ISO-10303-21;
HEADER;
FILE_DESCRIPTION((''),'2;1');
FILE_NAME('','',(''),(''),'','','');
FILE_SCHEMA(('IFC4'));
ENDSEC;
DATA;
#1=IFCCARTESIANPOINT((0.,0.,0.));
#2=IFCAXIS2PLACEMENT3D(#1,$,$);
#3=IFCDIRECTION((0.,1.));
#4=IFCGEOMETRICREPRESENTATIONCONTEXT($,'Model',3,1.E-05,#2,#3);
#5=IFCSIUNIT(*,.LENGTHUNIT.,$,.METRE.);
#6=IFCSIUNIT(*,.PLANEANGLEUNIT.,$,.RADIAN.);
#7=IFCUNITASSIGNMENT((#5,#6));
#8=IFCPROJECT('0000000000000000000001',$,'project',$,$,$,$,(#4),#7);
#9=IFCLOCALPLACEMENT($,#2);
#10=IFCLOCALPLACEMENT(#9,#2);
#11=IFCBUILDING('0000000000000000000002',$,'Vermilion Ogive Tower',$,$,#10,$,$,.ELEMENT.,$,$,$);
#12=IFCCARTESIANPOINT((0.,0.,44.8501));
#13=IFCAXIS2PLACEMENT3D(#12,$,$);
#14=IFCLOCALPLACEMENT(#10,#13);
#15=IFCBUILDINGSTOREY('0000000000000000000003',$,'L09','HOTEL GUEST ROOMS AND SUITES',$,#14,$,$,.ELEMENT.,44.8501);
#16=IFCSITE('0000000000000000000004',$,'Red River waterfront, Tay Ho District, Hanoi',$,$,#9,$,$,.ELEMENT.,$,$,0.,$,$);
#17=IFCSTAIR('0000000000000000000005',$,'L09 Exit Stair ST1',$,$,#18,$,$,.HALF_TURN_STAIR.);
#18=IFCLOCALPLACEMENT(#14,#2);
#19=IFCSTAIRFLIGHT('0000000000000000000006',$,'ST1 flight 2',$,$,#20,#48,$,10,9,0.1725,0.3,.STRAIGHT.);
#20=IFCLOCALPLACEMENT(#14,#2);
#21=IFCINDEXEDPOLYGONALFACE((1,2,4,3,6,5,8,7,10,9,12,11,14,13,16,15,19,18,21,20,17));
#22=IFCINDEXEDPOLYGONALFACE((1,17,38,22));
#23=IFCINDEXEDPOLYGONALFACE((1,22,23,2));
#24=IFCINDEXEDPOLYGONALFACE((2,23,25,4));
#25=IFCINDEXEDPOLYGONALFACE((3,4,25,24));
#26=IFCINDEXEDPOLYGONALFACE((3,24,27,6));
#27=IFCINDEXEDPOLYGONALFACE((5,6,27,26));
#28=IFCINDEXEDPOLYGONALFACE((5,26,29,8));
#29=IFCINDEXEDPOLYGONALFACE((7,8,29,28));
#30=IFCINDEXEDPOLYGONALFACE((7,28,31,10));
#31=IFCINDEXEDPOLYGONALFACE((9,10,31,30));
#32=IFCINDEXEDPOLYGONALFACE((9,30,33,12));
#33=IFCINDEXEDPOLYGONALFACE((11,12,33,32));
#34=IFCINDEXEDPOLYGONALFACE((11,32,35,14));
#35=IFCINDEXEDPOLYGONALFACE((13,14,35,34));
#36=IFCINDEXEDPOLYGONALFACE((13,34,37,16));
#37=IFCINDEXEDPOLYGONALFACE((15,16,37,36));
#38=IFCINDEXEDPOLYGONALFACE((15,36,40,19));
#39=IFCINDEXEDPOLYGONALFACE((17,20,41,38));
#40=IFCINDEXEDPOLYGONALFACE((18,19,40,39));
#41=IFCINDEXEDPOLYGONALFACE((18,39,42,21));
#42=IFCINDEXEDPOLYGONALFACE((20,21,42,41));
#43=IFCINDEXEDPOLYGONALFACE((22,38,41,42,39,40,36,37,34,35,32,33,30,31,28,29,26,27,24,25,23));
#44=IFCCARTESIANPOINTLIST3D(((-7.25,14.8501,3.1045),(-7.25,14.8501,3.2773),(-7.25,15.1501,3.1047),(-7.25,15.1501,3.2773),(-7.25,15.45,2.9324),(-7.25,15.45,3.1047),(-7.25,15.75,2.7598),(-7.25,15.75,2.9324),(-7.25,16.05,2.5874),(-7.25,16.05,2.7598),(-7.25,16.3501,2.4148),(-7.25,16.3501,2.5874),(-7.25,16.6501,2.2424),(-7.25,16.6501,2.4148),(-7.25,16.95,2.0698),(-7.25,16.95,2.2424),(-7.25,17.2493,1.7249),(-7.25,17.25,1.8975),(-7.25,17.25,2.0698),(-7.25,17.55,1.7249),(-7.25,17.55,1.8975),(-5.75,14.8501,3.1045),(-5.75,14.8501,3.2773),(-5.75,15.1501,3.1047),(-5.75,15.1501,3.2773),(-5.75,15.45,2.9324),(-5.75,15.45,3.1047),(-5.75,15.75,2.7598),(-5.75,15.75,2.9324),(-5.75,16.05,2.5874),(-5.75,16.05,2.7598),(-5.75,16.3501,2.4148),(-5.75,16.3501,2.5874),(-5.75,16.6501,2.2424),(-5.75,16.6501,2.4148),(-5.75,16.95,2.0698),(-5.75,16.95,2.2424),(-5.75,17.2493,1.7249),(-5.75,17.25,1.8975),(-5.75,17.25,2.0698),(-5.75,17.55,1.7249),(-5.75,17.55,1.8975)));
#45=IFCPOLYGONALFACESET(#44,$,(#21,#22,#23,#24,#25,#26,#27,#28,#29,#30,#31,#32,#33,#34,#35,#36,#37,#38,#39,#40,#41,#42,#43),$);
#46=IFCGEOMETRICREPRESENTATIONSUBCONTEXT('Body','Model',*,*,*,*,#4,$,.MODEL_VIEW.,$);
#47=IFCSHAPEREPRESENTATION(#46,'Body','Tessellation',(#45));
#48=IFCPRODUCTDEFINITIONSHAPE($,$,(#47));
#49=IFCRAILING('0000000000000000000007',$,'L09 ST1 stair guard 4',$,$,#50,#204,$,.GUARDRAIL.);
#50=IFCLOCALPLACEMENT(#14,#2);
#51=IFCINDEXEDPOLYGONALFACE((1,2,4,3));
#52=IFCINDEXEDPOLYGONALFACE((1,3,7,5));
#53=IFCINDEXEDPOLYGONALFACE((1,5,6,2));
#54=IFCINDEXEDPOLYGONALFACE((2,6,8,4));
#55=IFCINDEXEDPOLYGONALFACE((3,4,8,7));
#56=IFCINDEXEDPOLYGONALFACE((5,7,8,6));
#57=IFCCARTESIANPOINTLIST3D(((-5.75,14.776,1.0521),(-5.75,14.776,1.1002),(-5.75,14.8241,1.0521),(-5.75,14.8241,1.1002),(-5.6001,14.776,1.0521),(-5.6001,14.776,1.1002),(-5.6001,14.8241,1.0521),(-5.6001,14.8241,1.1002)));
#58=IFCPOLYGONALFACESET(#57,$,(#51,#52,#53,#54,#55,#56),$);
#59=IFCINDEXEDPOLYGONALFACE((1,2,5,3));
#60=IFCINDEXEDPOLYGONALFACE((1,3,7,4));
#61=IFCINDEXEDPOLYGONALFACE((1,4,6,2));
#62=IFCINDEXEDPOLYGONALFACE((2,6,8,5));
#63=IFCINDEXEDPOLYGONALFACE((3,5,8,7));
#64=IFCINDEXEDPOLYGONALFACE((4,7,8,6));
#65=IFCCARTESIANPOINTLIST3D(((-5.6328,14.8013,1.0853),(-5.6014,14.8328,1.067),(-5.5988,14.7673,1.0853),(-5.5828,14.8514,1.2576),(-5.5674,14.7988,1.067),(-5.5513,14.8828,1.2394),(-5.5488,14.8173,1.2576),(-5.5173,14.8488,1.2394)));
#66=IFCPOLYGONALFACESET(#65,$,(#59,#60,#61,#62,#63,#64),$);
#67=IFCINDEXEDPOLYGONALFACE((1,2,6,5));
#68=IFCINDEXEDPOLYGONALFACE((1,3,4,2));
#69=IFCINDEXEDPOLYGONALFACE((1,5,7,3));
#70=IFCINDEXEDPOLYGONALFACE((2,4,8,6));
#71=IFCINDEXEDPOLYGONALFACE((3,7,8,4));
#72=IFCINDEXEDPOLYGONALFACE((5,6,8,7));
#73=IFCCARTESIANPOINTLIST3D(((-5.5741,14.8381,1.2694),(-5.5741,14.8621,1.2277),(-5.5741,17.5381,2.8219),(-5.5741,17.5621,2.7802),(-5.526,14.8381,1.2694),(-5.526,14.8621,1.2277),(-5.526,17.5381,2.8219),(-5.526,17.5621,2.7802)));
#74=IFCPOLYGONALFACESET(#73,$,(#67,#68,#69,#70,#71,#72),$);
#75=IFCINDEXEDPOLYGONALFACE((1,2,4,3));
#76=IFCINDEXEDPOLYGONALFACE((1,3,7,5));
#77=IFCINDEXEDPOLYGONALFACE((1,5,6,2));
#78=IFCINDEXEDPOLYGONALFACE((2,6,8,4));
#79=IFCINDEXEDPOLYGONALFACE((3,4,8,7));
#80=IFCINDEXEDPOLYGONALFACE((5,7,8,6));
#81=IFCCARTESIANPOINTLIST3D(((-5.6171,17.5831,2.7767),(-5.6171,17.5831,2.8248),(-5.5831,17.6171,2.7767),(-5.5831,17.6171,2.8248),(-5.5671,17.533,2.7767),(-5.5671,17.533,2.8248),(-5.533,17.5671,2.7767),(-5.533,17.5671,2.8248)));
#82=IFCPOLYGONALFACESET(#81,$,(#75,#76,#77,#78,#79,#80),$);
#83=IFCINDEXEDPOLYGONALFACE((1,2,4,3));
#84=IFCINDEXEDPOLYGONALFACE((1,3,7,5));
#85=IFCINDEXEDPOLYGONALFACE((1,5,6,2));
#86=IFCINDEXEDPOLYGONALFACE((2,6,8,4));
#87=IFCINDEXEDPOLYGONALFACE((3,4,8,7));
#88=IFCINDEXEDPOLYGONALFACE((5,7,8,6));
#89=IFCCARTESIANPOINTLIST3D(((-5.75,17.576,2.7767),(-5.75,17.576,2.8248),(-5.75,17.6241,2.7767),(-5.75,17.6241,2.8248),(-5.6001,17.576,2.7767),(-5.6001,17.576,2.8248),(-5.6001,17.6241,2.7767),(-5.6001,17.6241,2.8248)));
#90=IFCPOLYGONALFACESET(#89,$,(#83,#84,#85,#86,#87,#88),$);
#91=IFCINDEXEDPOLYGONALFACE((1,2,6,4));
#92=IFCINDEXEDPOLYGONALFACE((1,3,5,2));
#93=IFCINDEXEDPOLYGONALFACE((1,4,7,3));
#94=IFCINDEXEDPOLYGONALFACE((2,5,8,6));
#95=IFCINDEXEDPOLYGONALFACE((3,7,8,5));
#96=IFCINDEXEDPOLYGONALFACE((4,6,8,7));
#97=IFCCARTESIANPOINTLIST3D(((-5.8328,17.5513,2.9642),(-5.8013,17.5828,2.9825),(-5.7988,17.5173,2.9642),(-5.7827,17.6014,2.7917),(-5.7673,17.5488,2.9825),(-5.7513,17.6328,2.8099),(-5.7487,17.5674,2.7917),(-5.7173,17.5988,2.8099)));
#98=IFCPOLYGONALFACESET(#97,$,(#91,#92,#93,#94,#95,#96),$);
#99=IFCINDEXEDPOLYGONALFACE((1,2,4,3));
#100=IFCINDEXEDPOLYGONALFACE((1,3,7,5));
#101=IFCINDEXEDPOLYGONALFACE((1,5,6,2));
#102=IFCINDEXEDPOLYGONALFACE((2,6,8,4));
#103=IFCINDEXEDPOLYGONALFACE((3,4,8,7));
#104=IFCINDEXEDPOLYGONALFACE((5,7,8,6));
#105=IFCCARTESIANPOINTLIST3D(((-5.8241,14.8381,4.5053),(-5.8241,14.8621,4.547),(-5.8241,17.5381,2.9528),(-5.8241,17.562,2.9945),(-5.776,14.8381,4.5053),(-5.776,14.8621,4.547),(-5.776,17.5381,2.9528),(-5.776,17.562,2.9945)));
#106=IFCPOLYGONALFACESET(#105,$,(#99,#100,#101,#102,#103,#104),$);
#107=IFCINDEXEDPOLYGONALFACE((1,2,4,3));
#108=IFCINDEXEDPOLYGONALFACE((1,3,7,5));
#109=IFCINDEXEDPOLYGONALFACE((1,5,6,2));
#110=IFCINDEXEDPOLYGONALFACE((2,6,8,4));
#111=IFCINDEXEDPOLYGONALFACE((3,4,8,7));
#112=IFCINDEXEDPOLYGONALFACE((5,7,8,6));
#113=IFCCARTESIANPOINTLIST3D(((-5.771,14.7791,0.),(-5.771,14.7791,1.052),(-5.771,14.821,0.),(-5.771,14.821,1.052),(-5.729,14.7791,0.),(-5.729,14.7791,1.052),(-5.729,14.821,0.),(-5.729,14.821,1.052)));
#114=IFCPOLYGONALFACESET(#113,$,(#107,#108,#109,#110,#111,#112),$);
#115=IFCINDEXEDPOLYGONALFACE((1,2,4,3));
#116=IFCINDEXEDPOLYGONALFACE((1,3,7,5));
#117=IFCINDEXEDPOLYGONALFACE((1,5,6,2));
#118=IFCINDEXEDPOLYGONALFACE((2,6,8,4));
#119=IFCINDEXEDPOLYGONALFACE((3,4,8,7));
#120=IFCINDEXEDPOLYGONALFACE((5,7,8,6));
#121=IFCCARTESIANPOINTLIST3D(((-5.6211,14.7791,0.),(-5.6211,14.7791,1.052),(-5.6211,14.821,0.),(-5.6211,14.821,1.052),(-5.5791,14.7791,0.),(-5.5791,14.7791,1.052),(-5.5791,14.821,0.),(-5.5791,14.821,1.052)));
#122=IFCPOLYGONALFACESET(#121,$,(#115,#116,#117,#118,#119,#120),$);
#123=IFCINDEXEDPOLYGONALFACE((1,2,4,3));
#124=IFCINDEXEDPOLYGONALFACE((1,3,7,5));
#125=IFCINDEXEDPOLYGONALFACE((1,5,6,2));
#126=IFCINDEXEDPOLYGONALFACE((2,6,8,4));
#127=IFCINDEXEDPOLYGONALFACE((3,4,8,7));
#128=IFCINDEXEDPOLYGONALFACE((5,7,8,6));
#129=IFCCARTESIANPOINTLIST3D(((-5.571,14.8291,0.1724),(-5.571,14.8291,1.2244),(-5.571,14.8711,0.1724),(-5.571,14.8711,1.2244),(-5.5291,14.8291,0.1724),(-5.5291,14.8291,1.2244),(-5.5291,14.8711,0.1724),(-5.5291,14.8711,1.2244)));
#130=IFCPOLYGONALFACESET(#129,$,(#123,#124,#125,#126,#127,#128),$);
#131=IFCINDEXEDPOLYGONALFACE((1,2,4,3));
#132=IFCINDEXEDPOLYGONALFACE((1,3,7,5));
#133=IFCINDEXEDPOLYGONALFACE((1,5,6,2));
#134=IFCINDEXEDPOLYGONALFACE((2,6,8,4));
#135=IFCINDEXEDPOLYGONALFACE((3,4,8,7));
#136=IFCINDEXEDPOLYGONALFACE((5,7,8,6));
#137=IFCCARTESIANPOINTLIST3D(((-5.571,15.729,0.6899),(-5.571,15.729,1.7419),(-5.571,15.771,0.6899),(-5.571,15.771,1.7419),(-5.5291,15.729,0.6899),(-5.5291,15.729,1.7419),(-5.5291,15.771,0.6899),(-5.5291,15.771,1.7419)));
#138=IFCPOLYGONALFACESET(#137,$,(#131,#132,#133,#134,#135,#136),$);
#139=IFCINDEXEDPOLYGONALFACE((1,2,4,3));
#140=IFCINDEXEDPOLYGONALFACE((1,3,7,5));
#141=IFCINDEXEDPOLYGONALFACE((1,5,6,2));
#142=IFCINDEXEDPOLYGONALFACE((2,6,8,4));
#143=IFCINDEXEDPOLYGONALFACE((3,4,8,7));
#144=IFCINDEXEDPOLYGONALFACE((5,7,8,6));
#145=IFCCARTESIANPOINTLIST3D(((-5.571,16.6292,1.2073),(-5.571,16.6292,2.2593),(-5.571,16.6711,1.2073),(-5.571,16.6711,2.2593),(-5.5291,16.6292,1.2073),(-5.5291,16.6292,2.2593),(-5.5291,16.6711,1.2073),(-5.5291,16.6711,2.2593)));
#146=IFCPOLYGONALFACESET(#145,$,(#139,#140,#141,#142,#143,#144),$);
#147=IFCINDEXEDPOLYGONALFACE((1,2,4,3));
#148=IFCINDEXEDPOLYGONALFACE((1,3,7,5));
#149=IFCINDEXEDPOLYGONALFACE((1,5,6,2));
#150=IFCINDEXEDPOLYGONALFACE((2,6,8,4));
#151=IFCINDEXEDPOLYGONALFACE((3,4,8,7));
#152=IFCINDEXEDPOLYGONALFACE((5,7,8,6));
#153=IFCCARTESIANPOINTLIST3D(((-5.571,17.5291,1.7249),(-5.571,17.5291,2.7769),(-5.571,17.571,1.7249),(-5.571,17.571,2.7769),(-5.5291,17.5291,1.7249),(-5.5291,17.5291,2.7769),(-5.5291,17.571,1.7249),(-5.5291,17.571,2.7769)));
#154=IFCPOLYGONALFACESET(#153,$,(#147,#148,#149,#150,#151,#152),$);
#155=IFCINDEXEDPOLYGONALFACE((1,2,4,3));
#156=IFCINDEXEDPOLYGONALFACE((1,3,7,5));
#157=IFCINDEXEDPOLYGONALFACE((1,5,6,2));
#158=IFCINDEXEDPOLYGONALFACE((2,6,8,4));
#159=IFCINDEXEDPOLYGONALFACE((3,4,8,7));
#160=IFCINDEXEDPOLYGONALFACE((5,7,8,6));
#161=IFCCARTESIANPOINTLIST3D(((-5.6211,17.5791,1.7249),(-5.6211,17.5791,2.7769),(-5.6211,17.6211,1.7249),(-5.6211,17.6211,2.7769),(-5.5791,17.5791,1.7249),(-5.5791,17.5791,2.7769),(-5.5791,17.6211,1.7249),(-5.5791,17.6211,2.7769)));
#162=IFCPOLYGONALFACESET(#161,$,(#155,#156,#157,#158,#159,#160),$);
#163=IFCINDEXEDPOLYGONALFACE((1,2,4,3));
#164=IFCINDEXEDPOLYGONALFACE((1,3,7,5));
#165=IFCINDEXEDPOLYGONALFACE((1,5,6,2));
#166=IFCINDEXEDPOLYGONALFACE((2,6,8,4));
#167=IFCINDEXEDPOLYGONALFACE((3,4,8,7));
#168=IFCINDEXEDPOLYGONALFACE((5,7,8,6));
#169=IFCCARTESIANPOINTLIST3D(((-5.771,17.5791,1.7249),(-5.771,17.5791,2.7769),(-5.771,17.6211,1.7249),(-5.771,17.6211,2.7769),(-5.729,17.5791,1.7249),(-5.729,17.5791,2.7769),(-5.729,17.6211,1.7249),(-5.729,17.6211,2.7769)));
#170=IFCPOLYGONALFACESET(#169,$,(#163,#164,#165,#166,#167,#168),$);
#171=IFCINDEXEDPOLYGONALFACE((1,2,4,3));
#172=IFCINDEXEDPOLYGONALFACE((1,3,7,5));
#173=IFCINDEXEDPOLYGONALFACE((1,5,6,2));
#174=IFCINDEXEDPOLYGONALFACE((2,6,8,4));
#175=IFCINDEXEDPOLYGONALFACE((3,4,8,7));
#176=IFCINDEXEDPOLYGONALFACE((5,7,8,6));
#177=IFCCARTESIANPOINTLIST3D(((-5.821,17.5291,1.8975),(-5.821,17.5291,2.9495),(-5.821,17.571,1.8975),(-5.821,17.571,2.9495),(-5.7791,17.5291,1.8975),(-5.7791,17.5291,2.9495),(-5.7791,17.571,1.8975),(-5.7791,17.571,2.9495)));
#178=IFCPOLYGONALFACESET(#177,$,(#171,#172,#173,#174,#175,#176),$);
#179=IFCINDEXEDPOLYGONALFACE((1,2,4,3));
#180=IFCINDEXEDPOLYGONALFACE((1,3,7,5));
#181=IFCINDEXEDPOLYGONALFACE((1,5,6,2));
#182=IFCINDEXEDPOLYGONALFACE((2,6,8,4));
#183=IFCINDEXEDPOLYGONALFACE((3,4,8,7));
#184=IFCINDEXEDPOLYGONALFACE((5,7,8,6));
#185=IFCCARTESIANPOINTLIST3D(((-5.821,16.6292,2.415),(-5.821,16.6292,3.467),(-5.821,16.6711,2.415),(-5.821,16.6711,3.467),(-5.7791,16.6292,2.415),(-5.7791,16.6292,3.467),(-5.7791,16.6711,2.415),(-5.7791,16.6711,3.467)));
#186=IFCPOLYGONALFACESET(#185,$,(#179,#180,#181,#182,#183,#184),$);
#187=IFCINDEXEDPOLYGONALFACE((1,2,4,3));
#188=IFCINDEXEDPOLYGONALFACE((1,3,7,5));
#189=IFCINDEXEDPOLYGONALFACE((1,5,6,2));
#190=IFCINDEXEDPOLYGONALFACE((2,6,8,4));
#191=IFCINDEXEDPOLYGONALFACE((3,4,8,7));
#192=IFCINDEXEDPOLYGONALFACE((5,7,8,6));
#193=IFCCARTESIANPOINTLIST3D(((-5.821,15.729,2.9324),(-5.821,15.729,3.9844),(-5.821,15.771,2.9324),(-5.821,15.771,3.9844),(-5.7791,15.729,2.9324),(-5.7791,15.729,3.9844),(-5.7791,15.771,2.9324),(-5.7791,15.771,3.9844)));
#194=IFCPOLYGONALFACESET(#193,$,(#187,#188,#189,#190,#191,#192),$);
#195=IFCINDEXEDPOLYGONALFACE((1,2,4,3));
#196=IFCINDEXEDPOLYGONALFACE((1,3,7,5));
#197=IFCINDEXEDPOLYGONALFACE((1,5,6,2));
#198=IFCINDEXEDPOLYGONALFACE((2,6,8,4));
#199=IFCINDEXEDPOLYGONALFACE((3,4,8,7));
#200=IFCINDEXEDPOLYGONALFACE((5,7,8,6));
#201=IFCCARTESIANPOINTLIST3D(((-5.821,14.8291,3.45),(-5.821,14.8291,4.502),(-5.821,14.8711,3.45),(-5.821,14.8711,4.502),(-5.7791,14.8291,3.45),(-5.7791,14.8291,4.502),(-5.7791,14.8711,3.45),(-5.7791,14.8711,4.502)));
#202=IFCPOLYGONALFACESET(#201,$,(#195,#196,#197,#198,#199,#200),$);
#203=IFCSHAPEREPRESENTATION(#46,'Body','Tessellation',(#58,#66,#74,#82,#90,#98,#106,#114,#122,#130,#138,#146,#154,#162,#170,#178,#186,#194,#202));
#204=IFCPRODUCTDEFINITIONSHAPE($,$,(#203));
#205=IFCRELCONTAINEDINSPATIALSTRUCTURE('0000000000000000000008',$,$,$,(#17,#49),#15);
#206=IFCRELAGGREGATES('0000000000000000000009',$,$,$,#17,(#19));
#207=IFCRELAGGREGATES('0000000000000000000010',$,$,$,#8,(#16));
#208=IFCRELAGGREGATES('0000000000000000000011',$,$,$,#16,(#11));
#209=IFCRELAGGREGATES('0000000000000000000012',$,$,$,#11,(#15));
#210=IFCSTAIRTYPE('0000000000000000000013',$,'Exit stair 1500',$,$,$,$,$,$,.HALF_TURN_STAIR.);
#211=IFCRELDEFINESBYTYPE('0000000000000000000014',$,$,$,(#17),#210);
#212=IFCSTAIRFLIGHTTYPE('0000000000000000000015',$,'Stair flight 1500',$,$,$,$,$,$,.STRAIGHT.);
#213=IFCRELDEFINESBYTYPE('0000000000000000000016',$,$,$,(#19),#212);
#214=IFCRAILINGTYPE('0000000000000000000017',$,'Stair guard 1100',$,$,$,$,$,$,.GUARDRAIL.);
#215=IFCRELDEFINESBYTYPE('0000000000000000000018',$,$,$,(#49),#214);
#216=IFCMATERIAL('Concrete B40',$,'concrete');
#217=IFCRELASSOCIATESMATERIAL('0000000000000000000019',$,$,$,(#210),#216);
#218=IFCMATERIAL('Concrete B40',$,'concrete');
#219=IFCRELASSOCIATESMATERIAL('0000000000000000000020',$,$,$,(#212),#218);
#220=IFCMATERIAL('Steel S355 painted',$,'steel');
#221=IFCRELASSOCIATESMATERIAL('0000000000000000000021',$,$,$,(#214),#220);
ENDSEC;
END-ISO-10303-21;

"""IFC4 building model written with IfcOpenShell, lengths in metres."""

from ifc_helpers import new_model, si_unit, direction, frame, origin, origin_2d, place, context, subcontext, project, spatial, polyline, rectangle, outline, extrude, material, type_object, element, aggregate, save


model = new_model("IFC4")

# Units and contexts
model_context = context("Model", 3, precision=1e-05, world=origin(), true_north=direction((0.0, 1.0)))
body_context = subcontext(model_context, "Body", "Model", "MODEL_VIEW")
ifc_project = project(units=[si_unit("LENGTHUNIT", "METRE"), si_unit("PLANEANGLEUNIT", "RADIAN")], contexts=[model_context])

# Site, building, storey
site_placement = place(None, origin())
site = spatial("IfcSite", under=ifc_project, at=site_placement, Name="Red River waterfront, Tay Ho District, Hanoi", CompositionType="ELEMENT", RefElevation=0.0)
building_placement = place(site_placement, origin())
building = spatial("IfcBuilding", under=site, at=building_placement, Name="Vermilion Ogive Tower", CompositionType="ELEMENT")
storey_placement = place(building_placement, frame((0.0, 0.0, 44.8501)))
storey = spatial("IfcBuildingStorey", under=building, at=storey_placement, Name="L09", Description="HOTEL GUEST ROOMS AND SUITES", CompositionType="ELEMENT", Elevation=44.8501)

# Stair, stair flight
ifc_material_1 = material(Name="Concrete B40", Category="concrete")
stair_type = type_object("IfcStairType", Name="Exit stair 1500", PredefinedType="HALF_TURN_STAIR", material=ifc_material_1)
stair_placement = place(storey_placement, origin())
stair = element("IfcStair", 1, at=stair_placement, inside=storey, type_object=stair_type, Name="L09 Exit Stair ST1", PredefinedType="HALF_TURN_STAIR")
ifc_material_2 = material(Name="Concrete B40", Category="concrete")
stair_flight_type = type_object("IfcStairFlightType", Name="Stair flight 1500", PredefinedType="STRAIGHT", material=ifc_material_2)
stair_flight_1_placement = place(storey_placement, frame((-6.5, 17.55, 1.7249), z_axis=(0.0, 0.0, 1.0), x_axis=(0.0, -1.0, 0.0)))
stair_flight_1 = element("IfcStairFlight", 2, at=stair_flight_1_placement, type_object=stair_flight_type, Name="ST1 flight 2", NumberOfRisers=10, NumberOfTreads=9, PredefinedType="STRAIGHT", RiserHeight=0.1725, TreadLength=0.3, context=body_context, shape_type="SweptSolid", body=[
    extrude(outline(polyline([(0.0, 0.0), (0.0, 0.1726), (0.3, 0.1726), (0.3, 0.345), (0.6001, 0.345), (0.6001, 0.5176), (0.8999, 0.5176), (0.8999, 0.6899), (1.2, 0.6899), (1.2, 0.8625), (1.5, 0.8625), (1.5, 1.0349), (1.8, 1.0349), (1.8, 1.2075), (2.1001, 1.2075), (2.1001, 1.3799), (2.3999, 1.3799), (2.3999, 1.5525), (2.7, 1.5525), (2.7, 1.7251), (2.7, 1.3796), (0.3008, 0.0), (0.0, 0.0)])), frame((0.0, 0.75, 0.0), z_axis=(0.0, -1.0, 0.0), x_axis=(1.0, 0.0, 0.0)), (0.0, 0.0, 1.0), 1.5),
])
aggregate(stair, [stair_flight_1])

# Railing
ifc_material_3 = material(Name="Steel S355 painted", Category="steel")
railing_type_1 = type_object("IfcRailingType", Name="Stair guard 1100", PredefinedType="GUARDRAIL", material=ifc_material_3)
railing_1_placement = place(storey_placement, frame((-5.75, 14.8, 0.0)))
element("IfcRailing", 3, at=railing_1_placement, inside=storey, type_object=railing_type_1, Name="L09 ST1 stair guard 4", PredefinedType="GUARDRAIL", context=body_context, shape_type="SweptSolid", body=[
    extrude(rectangle(XDim=0.0481, YDim=0.0481, at=origin_2d()), frame((0.0, 0.0, 1.0762), z_axis=(1.0, 0.0, 0.0), x_axis=(0.0, 1.0, 0.0)), (0.0, 0.0, 1.0), 0.1499),
    extrude(rectangle(XDim=0.0481, YDim=0.0481, at=origin_2d()), frame((0.1499, 0.0, 1.0762), z_axis=(0.268603, 0.268603, 0.925043), x_axis=(-0.707107, 0.707107, 0.0)), (0.0, 0.0, 1.0), 0.1863),
    extrude(rectangle(XDim=0.0481, YDim=0.0481, at=origin_2d()), frame((0.2, 0.05, 1.2485), z_axis=(0.0, 0.866904, 0.498476), x_axis=(-1.0, 0.0, 0.0)), (0.0, 0.0, 1.0), 3.1145),
    extrude(rectangle(XDim=0.0481, YDim=0.0481, at=origin_2d()), frame((0.2, 2.75, 2.8008), z_axis=(-0.707107, 0.707107, 0.0), x_axis=(-0.707107, -0.707107, 0.0)), (0.0, 0.0, 1.0), 0.0708),
    extrude(rectangle(XDim=0.0481, YDim=0.0481, at=origin_2d()), frame((0.1499, 2.8, 2.8008), z_axis=(-1.0, 0.0, 0.0), x_axis=(0.0, -1.0, 0.0)), (0.0, 0.0, 1.0), 0.1499),
    extrude(rectangle(XDim=0.0481, YDim=0.0481, at=origin_2d()), frame((0.0, 2.8, 2.8008), z_axis=(-0.268278, -0.268278, 0.925232), x_axis=(0.707107, -0.707107, 0.0)), (0.0, 0.0, 1.0), 0.1865),
    extrude(rectangle(XDim=0.0481, YDim=0.0481, at=origin_2d()), frame((-0.05, 2.75, 2.9736), z_axis=(0.0, -0.866904, 0.498476), x_axis=(1.0, 0.0, 0.0)), (0.0, 0.0, 1.0), 3.1145),
    extrude(rectangle(XDim=0.042, YDim=0.042, at=origin_2d()), origin(), (0.0, 0.0, 1.0), 1.052),
    extrude(rectangle(XDim=0.042, YDim=0.042, at=origin_2d()), frame((0.1499, 0.0, 0.0)), (0.0, 0.0, 1.0), 1.052),
    extrude(rectangle(XDim=0.042, YDim=0.042, at=origin_2d()), frame((0.2, 0.05, 0.1724)), (0.0, 0.0, 1.0), 1.052),
    extrude(rectangle(XDim=0.042, YDim=0.042, at=origin_2d()), frame((0.2, 0.95, 0.6899)), (0.0, 0.0, 1.0), 1.052),
    extrude(rectangle(XDim=0.042, YDim=0.042, at=origin_2d()), frame((0.2, 1.8501, 1.2073)), (0.0, 0.0, 1.0), 1.052),
    extrude(rectangle(XDim=0.042, YDim=0.042, at=origin_2d()), frame((0.2, 2.75, 1.7249)), (0.0, 0.0, 1.0), 1.052),
    extrude(rectangle(XDim=0.042, YDim=0.042, at=origin_2d()), frame((0.1499, 2.8, 1.7249)), (0.0, 0.0, 1.0), 1.052),
    extrude(rectangle(XDim=0.042, YDim=0.042, at=origin_2d()), frame((0.0, 2.8, 1.7249)), (0.0, 0.0, 1.0), 1.052),
    extrude(rectangle(XDim=0.042, YDim=0.042, at=origin_2d()), frame((-0.05, 2.75, 1.8975)), (0.0, 0.0, 1.0), 1.052),
    extrude(rectangle(XDim=0.042, YDim=0.042, at=origin_2d()), frame((-0.05, 1.8501, 2.415)), (0.0, 0.0, 1.0), 1.052),
    extrude(rectangle(XDim=0.042, YDim=0.042, at=origin_2d()), frame((-0.05, 0.95, 2.9324)), (0.0, 0.0, 1.0), 1.052),
    extrude(rectangle(XDim=0.042, YDim=0.042, at=origin_2d()), frame((-0.05, 0.05, 3.45)), (0.0, 0.0, 1.0), 1.052),
])

save(model, "model.ifc")
